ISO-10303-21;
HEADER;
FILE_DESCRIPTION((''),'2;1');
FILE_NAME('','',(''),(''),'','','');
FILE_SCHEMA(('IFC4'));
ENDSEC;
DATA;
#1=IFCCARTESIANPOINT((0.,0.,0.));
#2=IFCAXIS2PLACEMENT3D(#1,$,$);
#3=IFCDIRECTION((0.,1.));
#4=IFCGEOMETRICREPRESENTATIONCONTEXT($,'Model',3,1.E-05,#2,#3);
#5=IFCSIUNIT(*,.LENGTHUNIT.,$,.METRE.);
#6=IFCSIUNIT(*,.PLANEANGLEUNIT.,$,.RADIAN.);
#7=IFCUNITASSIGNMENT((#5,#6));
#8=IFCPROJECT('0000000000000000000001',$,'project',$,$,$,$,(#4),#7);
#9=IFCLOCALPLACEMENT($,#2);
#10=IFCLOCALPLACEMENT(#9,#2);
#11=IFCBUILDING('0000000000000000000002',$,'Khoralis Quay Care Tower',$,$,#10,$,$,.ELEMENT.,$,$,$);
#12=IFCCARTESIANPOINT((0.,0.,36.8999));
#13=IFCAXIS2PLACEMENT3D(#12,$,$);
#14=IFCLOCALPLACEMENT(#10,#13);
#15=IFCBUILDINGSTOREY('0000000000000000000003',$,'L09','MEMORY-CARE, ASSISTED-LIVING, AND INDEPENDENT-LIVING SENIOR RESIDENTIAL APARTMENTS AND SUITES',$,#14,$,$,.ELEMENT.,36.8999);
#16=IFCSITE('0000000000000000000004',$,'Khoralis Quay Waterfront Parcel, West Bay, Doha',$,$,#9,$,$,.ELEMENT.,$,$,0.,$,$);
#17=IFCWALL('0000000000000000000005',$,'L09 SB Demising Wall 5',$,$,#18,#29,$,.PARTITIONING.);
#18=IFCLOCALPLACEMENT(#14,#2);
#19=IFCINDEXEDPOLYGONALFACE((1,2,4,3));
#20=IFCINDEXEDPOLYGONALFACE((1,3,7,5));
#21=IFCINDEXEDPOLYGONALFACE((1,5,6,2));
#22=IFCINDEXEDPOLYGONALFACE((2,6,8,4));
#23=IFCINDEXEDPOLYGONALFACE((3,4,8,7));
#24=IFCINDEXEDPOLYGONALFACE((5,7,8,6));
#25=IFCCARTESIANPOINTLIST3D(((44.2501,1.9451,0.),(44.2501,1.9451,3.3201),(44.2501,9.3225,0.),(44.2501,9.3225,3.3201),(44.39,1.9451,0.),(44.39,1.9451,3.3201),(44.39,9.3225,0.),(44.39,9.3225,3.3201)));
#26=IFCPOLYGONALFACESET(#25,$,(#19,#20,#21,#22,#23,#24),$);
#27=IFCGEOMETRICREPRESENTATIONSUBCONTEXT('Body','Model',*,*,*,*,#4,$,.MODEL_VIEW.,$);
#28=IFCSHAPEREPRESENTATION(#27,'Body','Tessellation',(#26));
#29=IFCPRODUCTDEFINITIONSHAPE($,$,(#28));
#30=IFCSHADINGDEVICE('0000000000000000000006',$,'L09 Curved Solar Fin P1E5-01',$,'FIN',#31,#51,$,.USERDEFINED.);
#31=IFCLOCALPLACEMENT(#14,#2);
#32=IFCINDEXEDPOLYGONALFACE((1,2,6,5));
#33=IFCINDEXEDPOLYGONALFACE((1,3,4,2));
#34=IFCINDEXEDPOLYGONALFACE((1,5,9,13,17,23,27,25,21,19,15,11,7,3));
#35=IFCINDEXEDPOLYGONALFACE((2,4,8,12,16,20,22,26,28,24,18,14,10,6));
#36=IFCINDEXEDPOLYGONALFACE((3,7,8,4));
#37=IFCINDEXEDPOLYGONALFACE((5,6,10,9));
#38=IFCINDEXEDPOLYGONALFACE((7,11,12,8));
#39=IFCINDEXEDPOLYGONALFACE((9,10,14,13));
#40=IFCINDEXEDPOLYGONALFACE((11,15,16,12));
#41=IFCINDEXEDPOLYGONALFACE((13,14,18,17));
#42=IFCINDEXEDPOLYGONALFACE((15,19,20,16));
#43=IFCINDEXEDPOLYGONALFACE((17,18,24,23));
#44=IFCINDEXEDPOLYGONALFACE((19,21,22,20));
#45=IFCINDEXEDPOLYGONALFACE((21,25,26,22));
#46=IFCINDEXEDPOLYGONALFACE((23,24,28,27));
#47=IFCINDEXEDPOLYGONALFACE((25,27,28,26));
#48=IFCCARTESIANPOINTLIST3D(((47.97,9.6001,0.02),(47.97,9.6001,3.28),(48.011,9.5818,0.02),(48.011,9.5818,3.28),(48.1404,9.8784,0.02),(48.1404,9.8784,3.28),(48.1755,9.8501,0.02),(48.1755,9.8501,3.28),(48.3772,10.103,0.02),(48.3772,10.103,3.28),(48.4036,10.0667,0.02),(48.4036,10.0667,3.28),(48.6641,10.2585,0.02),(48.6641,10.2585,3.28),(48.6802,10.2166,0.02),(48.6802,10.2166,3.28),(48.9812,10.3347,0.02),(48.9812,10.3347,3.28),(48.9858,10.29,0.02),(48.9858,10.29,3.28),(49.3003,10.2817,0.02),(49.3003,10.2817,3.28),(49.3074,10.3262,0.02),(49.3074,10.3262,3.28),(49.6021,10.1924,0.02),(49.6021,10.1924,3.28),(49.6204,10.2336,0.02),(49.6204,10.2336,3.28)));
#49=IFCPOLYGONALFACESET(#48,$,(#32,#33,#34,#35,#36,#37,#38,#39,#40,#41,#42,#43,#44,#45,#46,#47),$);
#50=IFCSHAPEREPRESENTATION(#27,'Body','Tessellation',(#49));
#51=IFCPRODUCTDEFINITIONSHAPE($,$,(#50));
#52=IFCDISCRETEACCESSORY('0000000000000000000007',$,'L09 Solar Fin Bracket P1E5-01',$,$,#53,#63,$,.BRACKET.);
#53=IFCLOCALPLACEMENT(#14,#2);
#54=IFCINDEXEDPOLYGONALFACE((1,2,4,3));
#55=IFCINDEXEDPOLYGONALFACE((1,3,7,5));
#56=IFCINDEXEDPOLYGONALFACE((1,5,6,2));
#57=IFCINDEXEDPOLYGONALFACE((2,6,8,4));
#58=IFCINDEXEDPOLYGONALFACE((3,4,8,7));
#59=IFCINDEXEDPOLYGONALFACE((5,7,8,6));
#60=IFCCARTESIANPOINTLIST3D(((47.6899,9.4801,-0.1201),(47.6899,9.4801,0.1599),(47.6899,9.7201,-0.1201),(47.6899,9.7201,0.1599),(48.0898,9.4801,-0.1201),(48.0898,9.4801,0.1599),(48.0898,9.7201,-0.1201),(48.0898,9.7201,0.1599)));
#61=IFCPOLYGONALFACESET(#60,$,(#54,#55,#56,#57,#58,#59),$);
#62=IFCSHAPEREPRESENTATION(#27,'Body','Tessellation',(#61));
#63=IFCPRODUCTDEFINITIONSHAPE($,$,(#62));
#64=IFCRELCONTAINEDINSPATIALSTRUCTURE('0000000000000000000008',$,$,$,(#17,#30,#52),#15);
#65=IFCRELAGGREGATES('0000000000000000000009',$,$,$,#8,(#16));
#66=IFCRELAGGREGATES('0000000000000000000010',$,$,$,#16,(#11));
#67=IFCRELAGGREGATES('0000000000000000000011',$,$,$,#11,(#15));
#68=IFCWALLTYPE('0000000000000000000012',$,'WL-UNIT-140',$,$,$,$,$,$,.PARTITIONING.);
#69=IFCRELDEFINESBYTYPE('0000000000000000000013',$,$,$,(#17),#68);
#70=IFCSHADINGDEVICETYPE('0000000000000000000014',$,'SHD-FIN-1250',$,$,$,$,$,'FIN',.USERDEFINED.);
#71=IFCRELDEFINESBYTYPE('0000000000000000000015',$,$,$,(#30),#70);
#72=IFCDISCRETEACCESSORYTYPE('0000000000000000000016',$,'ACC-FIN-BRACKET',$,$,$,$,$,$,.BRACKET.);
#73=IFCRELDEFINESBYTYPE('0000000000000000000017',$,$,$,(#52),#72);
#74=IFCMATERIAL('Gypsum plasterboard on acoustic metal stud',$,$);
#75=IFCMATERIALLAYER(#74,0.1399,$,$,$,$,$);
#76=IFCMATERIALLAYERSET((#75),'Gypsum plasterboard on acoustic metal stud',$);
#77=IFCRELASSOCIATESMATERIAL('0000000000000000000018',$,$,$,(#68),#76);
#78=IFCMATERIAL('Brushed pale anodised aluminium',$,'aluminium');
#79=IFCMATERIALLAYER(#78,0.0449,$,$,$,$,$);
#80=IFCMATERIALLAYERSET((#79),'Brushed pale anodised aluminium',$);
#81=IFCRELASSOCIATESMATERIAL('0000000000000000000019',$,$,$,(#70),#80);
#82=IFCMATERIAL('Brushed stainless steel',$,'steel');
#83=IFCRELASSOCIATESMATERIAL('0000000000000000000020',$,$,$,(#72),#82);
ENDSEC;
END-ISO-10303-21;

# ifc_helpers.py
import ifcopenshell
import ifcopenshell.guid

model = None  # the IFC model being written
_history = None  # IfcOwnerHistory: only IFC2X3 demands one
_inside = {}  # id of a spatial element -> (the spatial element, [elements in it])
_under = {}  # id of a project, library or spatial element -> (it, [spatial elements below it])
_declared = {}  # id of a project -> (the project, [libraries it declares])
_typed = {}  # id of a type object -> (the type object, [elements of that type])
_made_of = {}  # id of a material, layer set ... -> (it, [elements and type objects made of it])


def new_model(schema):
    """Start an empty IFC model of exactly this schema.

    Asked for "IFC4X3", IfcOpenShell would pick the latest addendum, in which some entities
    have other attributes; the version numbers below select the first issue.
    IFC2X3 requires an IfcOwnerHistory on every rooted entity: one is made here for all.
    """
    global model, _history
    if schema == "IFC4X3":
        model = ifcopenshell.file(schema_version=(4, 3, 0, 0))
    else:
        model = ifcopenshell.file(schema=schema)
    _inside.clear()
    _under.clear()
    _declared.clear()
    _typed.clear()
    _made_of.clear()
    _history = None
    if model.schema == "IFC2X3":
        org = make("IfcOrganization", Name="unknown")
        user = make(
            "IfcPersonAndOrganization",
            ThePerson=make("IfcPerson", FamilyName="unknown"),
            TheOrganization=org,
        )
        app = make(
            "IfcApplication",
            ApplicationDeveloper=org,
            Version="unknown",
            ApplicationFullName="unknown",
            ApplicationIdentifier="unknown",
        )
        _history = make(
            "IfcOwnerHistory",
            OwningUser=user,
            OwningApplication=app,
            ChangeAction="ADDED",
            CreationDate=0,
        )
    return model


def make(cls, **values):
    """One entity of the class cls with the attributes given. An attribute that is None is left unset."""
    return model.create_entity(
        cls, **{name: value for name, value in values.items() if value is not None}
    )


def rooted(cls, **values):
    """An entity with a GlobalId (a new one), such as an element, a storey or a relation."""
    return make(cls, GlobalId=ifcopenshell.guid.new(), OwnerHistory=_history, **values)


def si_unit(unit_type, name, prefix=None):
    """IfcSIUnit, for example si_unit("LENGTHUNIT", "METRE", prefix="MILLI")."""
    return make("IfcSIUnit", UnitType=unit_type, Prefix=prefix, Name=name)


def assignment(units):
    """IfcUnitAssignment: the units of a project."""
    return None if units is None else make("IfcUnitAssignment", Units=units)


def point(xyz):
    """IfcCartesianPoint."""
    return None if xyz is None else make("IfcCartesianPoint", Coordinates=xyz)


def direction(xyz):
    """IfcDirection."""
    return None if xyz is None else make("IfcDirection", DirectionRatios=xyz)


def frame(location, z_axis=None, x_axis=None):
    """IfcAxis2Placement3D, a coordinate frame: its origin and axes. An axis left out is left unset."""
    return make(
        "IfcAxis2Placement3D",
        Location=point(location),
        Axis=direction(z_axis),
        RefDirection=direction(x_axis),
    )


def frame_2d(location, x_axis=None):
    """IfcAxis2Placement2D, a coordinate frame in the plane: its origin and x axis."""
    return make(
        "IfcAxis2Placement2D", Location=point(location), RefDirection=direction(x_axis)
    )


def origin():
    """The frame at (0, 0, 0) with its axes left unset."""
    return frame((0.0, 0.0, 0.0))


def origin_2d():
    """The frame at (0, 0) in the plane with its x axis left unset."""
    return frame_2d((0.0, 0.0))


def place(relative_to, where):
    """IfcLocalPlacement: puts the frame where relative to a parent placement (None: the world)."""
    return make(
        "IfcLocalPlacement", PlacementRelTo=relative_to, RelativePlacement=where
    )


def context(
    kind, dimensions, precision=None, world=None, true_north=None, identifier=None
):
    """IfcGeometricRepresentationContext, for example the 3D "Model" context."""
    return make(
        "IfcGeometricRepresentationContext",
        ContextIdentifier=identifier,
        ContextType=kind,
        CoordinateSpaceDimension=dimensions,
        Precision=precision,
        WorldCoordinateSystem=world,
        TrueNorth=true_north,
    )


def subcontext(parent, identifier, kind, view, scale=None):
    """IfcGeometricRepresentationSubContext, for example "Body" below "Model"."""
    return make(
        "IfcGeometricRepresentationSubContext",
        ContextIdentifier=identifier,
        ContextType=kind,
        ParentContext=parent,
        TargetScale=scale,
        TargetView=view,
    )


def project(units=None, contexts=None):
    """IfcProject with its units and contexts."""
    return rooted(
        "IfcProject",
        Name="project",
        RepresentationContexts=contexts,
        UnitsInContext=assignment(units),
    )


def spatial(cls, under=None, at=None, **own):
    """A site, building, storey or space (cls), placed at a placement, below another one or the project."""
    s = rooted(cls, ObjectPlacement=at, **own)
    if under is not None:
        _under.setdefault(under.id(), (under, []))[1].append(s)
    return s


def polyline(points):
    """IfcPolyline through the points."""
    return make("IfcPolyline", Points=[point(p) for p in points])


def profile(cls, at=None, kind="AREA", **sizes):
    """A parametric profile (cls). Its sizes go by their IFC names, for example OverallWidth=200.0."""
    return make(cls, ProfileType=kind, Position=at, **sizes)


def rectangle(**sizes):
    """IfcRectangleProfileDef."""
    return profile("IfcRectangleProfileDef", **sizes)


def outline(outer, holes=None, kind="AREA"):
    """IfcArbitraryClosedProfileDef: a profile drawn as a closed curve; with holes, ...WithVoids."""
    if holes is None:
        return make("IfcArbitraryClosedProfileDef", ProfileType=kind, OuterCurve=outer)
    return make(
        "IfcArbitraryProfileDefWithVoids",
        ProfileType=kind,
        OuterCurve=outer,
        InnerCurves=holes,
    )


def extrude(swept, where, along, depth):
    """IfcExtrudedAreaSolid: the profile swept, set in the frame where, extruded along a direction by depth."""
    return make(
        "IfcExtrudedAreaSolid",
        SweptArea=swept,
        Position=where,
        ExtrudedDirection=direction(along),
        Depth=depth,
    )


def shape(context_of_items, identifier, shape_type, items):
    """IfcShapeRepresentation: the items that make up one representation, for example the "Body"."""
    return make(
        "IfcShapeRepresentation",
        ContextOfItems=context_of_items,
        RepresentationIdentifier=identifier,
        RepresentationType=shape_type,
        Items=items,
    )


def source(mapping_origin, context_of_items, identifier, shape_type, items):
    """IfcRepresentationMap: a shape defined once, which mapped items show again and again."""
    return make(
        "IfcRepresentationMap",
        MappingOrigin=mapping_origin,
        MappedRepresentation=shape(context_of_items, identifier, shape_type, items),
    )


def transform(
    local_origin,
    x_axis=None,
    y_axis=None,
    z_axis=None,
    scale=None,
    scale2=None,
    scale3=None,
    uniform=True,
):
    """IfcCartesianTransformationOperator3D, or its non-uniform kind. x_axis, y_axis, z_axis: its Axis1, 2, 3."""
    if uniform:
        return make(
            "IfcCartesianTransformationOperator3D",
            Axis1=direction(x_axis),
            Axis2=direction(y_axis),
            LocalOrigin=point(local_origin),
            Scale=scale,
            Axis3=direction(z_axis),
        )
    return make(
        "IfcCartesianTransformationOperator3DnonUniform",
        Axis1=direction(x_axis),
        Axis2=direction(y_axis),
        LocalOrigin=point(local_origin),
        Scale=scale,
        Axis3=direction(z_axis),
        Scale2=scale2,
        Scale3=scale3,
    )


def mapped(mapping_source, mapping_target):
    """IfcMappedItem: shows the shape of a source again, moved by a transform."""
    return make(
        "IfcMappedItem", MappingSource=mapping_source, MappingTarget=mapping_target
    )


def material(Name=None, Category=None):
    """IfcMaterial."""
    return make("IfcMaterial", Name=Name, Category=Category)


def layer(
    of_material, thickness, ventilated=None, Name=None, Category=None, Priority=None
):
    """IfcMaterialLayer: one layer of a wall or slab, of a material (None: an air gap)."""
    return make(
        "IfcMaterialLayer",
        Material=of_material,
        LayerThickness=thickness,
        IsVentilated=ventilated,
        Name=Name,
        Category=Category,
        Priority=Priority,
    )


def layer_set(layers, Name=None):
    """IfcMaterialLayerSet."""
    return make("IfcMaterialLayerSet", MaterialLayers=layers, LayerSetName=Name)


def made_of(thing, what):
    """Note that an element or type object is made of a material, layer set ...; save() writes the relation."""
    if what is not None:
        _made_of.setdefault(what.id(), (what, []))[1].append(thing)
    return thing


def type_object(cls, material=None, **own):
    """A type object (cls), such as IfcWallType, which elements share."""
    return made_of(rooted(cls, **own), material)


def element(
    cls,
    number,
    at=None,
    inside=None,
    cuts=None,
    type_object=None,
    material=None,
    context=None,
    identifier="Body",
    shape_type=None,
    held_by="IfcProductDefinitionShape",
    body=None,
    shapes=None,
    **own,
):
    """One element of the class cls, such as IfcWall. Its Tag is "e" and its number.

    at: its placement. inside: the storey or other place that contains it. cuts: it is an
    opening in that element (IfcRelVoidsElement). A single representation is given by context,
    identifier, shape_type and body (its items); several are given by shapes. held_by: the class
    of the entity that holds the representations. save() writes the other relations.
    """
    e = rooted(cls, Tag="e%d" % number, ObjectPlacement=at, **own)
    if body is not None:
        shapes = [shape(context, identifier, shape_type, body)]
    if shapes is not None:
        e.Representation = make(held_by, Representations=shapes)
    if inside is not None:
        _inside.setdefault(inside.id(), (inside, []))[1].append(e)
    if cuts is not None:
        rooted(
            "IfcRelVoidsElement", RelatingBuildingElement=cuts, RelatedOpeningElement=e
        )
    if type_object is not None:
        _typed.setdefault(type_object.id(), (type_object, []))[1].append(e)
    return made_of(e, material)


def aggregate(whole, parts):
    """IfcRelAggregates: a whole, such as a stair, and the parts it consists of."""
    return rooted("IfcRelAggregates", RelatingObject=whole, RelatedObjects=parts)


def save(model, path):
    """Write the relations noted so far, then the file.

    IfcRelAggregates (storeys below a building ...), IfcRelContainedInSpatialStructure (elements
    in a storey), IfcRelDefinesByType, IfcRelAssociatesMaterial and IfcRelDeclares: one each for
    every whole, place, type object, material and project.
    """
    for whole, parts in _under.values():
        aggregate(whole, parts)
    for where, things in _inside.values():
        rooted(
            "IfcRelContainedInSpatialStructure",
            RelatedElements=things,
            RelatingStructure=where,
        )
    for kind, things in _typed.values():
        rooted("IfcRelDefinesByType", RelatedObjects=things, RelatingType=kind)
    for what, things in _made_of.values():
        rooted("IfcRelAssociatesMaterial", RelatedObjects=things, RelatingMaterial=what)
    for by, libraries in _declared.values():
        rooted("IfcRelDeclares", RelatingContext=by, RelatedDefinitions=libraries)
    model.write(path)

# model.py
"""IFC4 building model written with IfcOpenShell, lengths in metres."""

from ifc_helpers import new_model, si_unit, direction, frame, frame_2d, origin, origin_2d, place, context, subcontext, project, spatial, polyline, rectangle, outline, extrude, source, transform, mapped, material, layer, layer_set, type_object, element, save


model = new_model("IFC4")

# Units and contexts
model_context = context("Model", 3, precision=1e-05, world=origin(), true_north=direction((0.0, 1.0)))
body_context = subcontext(model_context, "Body", "Model", "MODEL_VIEW")
ifc_project = project(units=[si_unit("LENGTHUNIT", "METRE"), si_unit("PLANEANGLEUNIT", "RADIAN")], contexts=[model_context])

# Site, building, storey
site_placement = place(None, origin())
site = spatial("IfcSite", under=ifc_project, at=site_placement, Name="Khoralis Quay Waterfront Parcel, West Bay, Doha", CompositionType="ELEMENT", RefElevation=0.0)
building_placement = place(site_placement, origin())
building = spatial("IfcBuilding", under=site, at=building_placement, Name="Khoralis Quay Care Tower", CompositionType="ELEMENT")
storey_placement = place(building_placement, frame((0.0, 0.0, 36.8999)))
storey = spatial("IfcBuildingStorey", under=building, at=storey_placement, Name="L09", Description="MEMORY-CARE, ASSISTED-LIVING, AND INDEPENDENT-LIVING SENIOR RESIDENTIAL APARTMENTS AND SUITES", CompositionType="ELEMENT", Elevation=36.8999)

# Shared definitions
ifc_material_1 = material(Name="Gypsum plasterboard on acoustic metal stud")

# Wall
ifc_layer_1 = layer(ifc_material_1, 0.1399)
ifc_layer_set_1 = layer_set([ifc_layer_1], Name="Gypsum plasterboard on acoustic metal stud")
wall_type_1 = type_object("IfcWallType", Name="WL-UNIT-140", PredefinedType="PARTITIONING", material=ifc_layer_set_1)
wall_1_placement = place(storey_placement, frame((44.3201, 1.9451, 0.0), z_axis=(0.0, 0.0, 1.0), x_axis=(0.0, 1.0, 0.0)))
element("IfcWall", 1, at=wall_1_placement, inside=storey, type_object=wall_type_1, Name="L09 SB Demising Wall 5", PredefinedType="PARTITIONING", context=body_context, shape_type="SweptSolid", body=[
    extrude(rectangle(XDim=7.3774, YDim=0.1399, at=frame_2d((3.6887, 0.0))), origin(), (0.0, 0.0, 1.0), 3.3201),
])

# Shading device
ifc_material_2 = material(Name="Brushed pale anodised aluminium", Category="aluminium")
ifc_layer_2 = layer(ifc_material_2, 0.0449)
ifc_layer_set_2 = layer_set([ifc_layer_2], Name="Brushed pale anodised aluminium")
shading_device_type = type_object("IfcShadingDeviceType", Name="SHD-FIN-1250", ElementType="FIN", PredefinedType="USERDEFINED", material=ifc_layer_set_2)
shared_shape_1 = source(origin(), body_context, "Body", "SweptSolid", [
    extrude(outline(polyline([(0.0, 0.0), (0.1704, 0.2783), (0.4072, 0.5029), (0.6941, 0.6584), (1.0112, 0.7346), (1.3374, 0.7261), (1.6504, 0.6335), (1.6321, 0.5923), (1.3303, 0.6816), (1.0159, 0.6899), (0.7102, 0.6165), (0.4336, 0.4666), (0.2056, 0.25), (0.041, -0.0183), (0.0, 0.0)])), origin(), (0.0, 0.0, 1.0), 3.26),
])
shading_device_placement = place(storey_placement, frame((47.97, 9.6001, 0.02), z_axis=(0.0, 0.0, 1.0), x_axis=(1.0, 0.0, 0.0)))
element("IfcShadingDevice", 2, at=shading_device_placement, inside=storey, type_object=shading_device_type, Name="L09 Curved Solar Fin P1E5-01", ObjectType="FIN", PredefinedType="USERDEFINED", context=body_context, shape_type="MappedRepresentation", body=[
    mapped(shared_shape_1, transform((0.0, 0.0, 0.0), scale=1.0)),
])

# Discrete accessory
ifc_material_3 = material(Name="Brushed stainless steel", Category="steel")
discrete_accessory_type = type_object("IfcDiscreteAccessoryType", Name="ACC-FIN-BRACKET", PredefinedType="BRACKET", material=ifc_material_3)
shared_shape_2 = source(origin(), body_context, "Body", "SweptSolid", [
    extrude(rectangle(XDim=0.3999, YDim=0.24, at=origin_2d()), origin(), (0.0, 0.0, 1.0), 0.28),
])
discrete_accessory_placement = place(storey_placement, frame((47.8899, 9.6001, -0.1201), z_axis=(0.0, 0.0, 1.0), x_axis=(1.0, 0.0, 0.0)))
element("IfcDiscreteAccessory", 3, at=discrete_accessory_placement, inside=storey, type_object=discrete_accessory_type, Name="L09 Solar Fin Bracket P1E5-01", PredefinedType="BRACKET", context=body_context, shape_type="MappedRepresentation", body=[
    mapped(shared_shape_2, transform((0.0, 0.0, 0.0), scale=1.0)),
])

save(model, "model.ifc")
